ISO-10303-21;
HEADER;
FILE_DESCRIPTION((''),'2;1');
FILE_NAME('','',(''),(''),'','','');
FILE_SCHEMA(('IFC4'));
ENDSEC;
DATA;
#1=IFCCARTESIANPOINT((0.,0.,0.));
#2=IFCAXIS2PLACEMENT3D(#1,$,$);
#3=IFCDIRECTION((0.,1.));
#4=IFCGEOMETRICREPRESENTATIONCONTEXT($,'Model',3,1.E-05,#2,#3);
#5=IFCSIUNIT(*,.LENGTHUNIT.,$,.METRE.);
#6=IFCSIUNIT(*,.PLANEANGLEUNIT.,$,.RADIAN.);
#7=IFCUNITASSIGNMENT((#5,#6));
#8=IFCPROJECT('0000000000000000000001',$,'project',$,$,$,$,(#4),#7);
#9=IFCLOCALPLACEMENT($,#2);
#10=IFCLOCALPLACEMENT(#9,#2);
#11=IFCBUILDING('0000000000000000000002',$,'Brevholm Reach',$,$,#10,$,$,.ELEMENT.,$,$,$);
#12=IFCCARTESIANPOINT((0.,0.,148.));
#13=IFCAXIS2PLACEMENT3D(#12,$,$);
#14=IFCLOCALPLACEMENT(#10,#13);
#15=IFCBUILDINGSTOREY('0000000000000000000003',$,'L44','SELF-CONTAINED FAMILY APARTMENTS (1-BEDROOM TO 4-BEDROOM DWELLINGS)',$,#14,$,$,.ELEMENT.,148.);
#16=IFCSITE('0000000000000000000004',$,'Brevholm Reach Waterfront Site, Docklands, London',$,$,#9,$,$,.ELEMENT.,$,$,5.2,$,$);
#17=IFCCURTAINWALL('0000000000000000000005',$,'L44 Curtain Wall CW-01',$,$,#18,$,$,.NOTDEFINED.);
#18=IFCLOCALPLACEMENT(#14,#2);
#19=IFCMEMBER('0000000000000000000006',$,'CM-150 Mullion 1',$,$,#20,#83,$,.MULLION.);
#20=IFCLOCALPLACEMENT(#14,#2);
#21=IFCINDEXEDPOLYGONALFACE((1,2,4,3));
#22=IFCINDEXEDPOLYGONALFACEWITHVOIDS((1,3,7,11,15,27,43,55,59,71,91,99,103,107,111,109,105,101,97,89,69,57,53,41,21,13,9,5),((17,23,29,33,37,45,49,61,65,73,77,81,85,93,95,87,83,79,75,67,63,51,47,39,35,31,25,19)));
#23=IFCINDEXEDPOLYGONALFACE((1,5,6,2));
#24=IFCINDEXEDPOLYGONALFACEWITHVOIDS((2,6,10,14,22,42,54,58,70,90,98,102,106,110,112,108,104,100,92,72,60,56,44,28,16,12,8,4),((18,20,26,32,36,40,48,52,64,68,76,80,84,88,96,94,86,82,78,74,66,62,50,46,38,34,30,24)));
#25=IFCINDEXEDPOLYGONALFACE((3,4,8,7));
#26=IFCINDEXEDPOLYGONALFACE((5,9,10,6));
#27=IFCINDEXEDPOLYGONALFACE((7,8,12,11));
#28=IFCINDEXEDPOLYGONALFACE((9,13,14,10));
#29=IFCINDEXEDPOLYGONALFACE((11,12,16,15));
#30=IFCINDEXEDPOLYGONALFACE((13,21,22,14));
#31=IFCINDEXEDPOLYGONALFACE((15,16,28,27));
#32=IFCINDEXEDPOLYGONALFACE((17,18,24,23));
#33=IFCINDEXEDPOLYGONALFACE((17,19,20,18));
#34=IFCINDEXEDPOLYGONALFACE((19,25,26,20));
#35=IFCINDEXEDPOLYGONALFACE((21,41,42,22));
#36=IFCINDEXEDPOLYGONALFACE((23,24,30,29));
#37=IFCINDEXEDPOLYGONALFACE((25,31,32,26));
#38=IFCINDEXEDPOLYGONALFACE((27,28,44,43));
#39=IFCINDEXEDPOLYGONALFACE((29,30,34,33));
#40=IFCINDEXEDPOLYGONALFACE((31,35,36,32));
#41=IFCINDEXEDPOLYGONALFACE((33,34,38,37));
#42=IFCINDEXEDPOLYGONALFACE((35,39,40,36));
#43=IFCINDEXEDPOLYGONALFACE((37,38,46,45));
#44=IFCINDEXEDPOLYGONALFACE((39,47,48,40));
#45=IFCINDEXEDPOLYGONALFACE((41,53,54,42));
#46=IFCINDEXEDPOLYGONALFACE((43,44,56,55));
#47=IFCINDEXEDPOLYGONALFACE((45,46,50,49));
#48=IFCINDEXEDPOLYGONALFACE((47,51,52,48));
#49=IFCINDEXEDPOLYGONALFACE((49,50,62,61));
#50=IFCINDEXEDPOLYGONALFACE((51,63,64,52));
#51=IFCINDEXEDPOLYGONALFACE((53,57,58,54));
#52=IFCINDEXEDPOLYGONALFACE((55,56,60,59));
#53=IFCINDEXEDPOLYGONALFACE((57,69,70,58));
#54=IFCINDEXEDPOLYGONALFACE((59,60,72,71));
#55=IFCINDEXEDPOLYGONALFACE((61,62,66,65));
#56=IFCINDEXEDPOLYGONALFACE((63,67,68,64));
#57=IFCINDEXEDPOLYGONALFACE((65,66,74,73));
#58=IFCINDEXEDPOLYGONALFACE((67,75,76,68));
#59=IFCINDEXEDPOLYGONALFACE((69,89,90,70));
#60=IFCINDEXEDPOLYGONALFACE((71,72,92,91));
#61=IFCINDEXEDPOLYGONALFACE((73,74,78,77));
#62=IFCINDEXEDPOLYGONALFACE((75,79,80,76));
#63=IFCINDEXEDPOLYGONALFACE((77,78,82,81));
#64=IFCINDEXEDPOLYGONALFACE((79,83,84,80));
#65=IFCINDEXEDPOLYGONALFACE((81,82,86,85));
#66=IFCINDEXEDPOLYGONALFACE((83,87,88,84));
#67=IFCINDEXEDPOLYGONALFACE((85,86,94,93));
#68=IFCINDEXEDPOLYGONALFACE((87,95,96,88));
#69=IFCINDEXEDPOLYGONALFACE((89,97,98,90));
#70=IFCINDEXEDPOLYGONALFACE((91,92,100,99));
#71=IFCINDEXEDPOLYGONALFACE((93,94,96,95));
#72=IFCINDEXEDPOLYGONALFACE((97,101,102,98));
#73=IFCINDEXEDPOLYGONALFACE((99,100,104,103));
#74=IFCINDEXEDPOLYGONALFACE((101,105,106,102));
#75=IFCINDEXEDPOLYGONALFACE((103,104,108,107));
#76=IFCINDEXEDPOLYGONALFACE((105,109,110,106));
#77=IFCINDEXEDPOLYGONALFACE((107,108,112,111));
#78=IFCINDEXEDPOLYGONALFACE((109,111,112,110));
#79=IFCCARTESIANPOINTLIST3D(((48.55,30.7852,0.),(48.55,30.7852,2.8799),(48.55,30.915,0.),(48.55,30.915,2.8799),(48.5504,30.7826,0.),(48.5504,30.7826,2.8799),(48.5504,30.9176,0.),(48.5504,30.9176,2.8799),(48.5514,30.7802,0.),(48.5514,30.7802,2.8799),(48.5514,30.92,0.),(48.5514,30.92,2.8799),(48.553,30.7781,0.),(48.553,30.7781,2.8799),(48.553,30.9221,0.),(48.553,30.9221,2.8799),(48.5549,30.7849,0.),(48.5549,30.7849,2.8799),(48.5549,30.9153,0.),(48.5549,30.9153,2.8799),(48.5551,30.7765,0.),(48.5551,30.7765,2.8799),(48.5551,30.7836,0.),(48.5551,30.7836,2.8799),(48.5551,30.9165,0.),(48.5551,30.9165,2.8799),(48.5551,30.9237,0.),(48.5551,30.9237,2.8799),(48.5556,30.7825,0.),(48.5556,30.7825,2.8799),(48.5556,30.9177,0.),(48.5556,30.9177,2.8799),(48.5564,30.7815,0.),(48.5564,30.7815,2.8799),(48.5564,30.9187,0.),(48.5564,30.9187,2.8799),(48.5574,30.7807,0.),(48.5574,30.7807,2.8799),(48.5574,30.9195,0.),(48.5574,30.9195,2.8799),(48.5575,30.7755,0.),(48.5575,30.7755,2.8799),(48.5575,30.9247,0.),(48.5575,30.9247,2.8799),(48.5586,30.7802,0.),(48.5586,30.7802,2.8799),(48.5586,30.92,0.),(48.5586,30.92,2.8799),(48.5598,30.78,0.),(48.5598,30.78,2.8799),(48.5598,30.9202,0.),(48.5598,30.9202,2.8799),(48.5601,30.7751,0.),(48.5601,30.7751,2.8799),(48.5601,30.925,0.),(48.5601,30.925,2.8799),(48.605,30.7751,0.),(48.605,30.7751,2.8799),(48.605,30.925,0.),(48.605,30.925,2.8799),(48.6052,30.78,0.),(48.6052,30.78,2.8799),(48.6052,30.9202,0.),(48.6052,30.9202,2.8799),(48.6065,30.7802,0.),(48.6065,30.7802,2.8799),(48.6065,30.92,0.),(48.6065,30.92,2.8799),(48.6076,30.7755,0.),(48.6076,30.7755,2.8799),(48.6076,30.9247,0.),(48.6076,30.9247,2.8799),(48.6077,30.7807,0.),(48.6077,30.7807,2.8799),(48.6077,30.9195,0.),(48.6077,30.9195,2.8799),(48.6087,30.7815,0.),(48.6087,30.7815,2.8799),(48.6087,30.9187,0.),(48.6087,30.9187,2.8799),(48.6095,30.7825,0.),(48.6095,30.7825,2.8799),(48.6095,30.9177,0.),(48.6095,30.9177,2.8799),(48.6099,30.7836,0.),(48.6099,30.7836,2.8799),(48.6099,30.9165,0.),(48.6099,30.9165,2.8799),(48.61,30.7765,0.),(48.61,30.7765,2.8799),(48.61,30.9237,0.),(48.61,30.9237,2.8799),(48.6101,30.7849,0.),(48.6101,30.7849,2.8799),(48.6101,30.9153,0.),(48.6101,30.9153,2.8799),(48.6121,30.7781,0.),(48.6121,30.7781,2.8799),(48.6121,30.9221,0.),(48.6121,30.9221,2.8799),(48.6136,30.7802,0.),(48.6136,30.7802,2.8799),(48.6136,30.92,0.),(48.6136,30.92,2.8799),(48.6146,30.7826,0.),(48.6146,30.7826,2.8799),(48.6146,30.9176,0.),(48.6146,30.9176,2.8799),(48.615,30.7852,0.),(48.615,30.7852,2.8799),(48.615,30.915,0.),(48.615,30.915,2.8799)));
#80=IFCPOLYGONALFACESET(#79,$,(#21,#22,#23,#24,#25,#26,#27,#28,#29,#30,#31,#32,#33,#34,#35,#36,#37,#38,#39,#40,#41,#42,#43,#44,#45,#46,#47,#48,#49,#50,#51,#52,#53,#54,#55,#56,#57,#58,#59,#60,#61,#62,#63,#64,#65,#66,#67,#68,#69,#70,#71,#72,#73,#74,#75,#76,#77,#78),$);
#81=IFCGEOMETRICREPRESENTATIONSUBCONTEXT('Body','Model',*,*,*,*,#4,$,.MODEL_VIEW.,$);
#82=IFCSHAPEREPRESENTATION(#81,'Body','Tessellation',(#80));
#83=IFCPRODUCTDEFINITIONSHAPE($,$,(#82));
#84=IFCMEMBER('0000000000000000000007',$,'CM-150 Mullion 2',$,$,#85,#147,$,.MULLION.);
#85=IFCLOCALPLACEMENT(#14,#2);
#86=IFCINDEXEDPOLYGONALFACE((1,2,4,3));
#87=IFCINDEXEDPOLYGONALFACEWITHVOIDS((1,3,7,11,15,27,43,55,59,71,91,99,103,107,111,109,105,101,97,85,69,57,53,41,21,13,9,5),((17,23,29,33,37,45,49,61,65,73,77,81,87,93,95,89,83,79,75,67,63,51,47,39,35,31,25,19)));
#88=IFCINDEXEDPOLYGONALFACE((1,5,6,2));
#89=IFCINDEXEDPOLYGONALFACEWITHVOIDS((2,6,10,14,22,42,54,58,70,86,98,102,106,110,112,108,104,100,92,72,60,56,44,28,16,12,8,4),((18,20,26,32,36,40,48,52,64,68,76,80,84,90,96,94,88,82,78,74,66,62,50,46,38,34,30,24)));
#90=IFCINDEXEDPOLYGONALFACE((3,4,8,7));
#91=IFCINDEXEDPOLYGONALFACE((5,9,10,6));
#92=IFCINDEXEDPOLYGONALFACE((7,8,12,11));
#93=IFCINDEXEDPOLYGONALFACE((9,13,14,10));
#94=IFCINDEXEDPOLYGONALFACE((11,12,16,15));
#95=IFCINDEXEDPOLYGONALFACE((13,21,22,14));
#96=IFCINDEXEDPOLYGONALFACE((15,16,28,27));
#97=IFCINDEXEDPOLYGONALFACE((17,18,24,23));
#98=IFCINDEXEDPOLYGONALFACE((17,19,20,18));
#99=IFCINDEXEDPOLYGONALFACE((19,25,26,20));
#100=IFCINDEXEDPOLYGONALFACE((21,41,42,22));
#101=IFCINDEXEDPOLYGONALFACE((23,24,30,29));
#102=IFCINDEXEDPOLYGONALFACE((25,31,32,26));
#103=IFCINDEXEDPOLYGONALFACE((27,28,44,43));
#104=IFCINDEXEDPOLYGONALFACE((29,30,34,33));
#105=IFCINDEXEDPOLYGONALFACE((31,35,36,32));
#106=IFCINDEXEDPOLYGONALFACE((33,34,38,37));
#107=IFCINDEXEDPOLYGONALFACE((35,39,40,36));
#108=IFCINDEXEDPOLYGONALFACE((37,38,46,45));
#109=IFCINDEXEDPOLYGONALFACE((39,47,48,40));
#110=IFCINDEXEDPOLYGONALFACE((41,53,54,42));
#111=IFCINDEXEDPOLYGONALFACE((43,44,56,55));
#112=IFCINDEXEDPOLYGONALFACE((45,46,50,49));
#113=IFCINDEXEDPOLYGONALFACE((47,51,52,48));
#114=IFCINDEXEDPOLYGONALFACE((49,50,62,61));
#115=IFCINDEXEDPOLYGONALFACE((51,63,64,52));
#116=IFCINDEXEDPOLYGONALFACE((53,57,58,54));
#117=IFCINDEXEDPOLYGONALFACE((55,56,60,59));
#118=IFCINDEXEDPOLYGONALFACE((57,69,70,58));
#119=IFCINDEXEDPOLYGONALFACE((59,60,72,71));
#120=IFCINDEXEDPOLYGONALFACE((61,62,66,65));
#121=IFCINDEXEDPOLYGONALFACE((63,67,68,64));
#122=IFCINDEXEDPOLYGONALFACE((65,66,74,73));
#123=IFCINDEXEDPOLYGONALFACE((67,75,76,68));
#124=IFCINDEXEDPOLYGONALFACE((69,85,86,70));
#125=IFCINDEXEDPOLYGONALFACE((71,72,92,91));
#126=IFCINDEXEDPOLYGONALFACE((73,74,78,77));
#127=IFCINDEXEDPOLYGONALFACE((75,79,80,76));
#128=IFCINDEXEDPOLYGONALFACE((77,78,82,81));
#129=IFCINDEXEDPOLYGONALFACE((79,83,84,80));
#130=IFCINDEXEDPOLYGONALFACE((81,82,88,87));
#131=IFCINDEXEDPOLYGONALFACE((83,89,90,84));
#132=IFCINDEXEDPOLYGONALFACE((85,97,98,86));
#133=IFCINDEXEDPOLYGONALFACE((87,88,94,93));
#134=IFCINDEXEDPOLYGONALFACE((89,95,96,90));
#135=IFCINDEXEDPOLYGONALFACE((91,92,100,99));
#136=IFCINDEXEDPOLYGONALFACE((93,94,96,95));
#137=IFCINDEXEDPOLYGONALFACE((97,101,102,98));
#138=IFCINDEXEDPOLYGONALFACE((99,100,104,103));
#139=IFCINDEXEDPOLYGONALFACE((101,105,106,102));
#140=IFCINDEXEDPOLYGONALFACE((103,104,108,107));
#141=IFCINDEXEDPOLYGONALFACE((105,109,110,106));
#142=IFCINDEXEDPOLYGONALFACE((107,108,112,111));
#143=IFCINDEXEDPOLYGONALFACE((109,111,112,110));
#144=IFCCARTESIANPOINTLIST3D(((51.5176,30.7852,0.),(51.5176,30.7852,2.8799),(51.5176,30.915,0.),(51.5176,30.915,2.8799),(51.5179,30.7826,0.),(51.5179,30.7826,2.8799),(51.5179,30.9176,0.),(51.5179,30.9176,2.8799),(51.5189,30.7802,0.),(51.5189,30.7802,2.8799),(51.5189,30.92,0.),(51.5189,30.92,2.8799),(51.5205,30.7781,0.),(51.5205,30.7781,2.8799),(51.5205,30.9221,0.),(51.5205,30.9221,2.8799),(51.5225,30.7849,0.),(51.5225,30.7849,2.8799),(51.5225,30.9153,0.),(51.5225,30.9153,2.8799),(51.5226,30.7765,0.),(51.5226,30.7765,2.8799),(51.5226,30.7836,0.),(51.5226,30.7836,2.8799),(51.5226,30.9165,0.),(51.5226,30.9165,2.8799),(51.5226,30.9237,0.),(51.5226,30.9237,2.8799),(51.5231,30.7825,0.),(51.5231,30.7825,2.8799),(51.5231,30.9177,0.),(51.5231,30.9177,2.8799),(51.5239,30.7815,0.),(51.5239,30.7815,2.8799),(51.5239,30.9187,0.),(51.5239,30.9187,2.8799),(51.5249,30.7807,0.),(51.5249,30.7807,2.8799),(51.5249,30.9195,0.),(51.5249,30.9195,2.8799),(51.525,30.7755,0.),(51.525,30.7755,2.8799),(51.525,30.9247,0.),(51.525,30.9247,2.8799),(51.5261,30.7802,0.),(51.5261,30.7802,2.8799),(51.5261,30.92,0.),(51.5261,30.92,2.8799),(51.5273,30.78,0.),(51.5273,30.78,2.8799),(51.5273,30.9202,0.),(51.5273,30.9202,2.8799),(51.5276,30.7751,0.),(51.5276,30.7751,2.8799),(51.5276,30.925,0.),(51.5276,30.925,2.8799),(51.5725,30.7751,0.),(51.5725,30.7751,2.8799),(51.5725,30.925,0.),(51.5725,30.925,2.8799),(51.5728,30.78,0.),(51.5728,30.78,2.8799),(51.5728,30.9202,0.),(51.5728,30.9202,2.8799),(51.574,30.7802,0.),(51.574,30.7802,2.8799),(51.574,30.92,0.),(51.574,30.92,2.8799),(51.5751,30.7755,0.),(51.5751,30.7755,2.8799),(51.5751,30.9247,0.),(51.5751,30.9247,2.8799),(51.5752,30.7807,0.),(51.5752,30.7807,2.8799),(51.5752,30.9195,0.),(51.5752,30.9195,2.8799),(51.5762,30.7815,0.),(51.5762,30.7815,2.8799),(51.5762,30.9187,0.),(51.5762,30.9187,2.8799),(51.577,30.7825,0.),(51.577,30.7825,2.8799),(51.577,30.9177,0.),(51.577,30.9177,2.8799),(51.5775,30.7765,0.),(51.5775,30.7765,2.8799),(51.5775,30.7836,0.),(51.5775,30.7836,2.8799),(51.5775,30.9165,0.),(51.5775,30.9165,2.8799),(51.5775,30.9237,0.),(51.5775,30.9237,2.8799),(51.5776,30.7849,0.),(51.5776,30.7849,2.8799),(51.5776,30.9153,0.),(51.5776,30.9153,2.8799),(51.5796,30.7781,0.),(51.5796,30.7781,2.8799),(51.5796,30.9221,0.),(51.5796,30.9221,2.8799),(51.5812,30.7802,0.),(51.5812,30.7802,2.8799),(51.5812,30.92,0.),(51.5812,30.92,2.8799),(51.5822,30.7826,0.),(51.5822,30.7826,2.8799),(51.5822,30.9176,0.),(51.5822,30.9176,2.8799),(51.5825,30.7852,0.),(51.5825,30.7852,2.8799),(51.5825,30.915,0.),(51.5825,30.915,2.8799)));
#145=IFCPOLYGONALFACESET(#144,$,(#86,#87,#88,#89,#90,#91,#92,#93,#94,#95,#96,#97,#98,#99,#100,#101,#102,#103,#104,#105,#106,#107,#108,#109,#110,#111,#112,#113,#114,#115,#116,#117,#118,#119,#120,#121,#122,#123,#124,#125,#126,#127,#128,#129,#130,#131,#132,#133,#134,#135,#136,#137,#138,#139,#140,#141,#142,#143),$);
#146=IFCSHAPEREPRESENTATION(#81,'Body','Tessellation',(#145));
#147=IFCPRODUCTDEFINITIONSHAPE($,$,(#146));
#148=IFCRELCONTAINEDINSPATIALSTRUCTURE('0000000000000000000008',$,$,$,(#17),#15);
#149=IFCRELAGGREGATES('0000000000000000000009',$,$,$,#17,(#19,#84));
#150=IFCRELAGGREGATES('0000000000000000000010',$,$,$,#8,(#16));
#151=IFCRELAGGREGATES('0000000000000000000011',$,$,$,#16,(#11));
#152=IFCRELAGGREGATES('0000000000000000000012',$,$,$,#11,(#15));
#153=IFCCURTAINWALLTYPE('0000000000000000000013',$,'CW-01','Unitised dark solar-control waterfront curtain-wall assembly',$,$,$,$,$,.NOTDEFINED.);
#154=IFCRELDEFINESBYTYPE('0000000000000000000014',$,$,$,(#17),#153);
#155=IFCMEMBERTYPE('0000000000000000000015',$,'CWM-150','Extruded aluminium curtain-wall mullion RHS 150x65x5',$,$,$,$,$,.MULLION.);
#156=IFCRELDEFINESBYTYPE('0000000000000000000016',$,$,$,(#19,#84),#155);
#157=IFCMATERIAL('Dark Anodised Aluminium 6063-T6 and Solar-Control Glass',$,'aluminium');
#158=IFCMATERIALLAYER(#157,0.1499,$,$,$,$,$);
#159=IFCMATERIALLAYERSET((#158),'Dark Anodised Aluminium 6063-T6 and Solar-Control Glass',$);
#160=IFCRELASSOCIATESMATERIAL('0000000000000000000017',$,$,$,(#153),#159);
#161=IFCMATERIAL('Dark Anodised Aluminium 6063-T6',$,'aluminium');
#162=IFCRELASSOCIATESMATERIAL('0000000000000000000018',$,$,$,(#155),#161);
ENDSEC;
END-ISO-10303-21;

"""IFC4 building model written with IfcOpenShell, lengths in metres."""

from ifc_helpers import new_model, si_unit, direction, frame, origin, origin_2d, place, context, subcontext, project, spatial, hollow_rectangle, extrude, material, layer, layer_set, material_profile, profile_set, type_object, element, aggregate, save


model = new_model("IFC4")

# Units and contexts
model_context = context("Model", 3, precision=1e-05, world=origin(), true_north=direction((0.0, 1.0)))
body_context = subcontext(model_context, "Body", "Model", "MODEL_VIEW")
ifc_project = project(units=[si_unit("LENGTHUNIT", "METRE"), si_unit("PLANEANGLEUNIT", "RADIAN")], contexts=[model_context])

# Site, building, storey
site_placement = place(None, origin())
site = spatial("IfcSite", under=ifc_project, at=site_placement, Name="Brevholm Reach Waterfront Site, Docklands, London", CompositionType="ELEMENT", RefElevation=5.2)
building_placement = place(site_placement, origin())
building = spatial("IfcBuilding", under=site, at=building_placement, Name="Brevholm Reach", CompositionType="ELEMENT")
storey_placement = place(building_placement, frame((0.0, 0.0, 148.0)))
storey = spatial("IfcBuildingStorey", under=building, at=storey_placement, Name="L44", Description="SELF-CONTAINED FAMILY APARTMENTS (1-BEDROOM TO 4-BEDROOM DWELLINGS)", CompositionType="ELEMENT", Elevation=148.0)

# Curtain wall, members
ifc_material_1 = material(Name="Dark Anodised Aluminium 6063-T6 and Solar-Control Glass", Category="aluminium")
ifc_layer_1 = layer(ifc_material_1, 0.1499)
ifc_layer_set_1 = layer_set([ifc_layer_1], Name="Dark Anodised Aluminium 6063-T6 and Solar-Control Glass")
curtain_wall_type = type_object("IfcCurtainWallType", Name="CW-01", Description="Unitised dark solar-control waterfront curtain-wall assembly", PredefinedType="NOTDEFINED", material=ifc_layer_set_1)
curtain_wall_placement = place(storey_placement, origin())
curtain_wall = element("IfcCurtainWall", 1, at=curtain_wall_placement, inside=storey, type_object=curtain_wall_type, Name="L44 Curtain Wall CW-01", PredefinedType="NOTDEFINED")
ifc_material_2 = material(Name="Dark Anodised Aluminium 6063-T6", Category="aluminium")
ifc_material_profile_1 = material_profile(ifc_material_2, hollow_rectangle(XDim=0.0649, YDim=0.1499, WallThickness=0.0049, InnerFilletRadius=0.0049, OuterFilletRadius=0.01, at=origin_2d()), Name="RHS 150x65x5")
ifc_profile_set_1 = profile_set([ifc_material_profile_1], Name="Dark Anodised Aluminium 6063-T6")
member_type_1 = type_object("IfcMemberType", Name="CWM-150", Description="Extruded aluminium curtain-wall mullion RHS 150x65x5", PredefinedType="MULLION", material=ifc_profile_set_1)
member_1_placement = place(storey_placement, frame((48.5825, 30.8501, 0.0), z_axis=(0.0, 0.0, 1.0), x_axis=(1.0, 0.0, 0.0)))
member_1 = element("IfcMember", 2, at=member_1_placement, type_object=member_type_1, Name="CM-150 Mullion 1", PredefinedType="MULLION", context=body_context, shape_type="SweptSolid", body=[
    extrude(hollow_rectangle(XDim=0.0649, YDim=0.1499, WallThickness=0.0049, InnerFilletRadius=0.0049, OuterFilletRadius=0.01, at=origin_2d()), origin(), (0.0, 0.0, 1.0), 2.8799),
])
member_2_placement = place(storey_placement, frame((51.55, 30.8501, 0.0), z_axis=(0.0, 0.0, 1.0), x_axis=(1.0, 0.0, 0.0)))
member_2 = element("IfcMember", 3, at=member_2_placement, type_object=member_type_1, Name="CM-150 Mullion 2", PredefinedType="MULLION", context=body_context, shape_type="SweptSolid", body=[
    extrude(hollow_rectangle(XDim=0.0649, YDim=0.1499, WallThickness=0.0049, InnerFilletRadius=0.0049, OuterFilletRadius=0.01, at=origin_2d()), origin(), (0.0, 0.0, 1.0), 2.8799),
])
aggregate(curtain_wall, [member_1, member_2])

save(model, "model.ifc")
